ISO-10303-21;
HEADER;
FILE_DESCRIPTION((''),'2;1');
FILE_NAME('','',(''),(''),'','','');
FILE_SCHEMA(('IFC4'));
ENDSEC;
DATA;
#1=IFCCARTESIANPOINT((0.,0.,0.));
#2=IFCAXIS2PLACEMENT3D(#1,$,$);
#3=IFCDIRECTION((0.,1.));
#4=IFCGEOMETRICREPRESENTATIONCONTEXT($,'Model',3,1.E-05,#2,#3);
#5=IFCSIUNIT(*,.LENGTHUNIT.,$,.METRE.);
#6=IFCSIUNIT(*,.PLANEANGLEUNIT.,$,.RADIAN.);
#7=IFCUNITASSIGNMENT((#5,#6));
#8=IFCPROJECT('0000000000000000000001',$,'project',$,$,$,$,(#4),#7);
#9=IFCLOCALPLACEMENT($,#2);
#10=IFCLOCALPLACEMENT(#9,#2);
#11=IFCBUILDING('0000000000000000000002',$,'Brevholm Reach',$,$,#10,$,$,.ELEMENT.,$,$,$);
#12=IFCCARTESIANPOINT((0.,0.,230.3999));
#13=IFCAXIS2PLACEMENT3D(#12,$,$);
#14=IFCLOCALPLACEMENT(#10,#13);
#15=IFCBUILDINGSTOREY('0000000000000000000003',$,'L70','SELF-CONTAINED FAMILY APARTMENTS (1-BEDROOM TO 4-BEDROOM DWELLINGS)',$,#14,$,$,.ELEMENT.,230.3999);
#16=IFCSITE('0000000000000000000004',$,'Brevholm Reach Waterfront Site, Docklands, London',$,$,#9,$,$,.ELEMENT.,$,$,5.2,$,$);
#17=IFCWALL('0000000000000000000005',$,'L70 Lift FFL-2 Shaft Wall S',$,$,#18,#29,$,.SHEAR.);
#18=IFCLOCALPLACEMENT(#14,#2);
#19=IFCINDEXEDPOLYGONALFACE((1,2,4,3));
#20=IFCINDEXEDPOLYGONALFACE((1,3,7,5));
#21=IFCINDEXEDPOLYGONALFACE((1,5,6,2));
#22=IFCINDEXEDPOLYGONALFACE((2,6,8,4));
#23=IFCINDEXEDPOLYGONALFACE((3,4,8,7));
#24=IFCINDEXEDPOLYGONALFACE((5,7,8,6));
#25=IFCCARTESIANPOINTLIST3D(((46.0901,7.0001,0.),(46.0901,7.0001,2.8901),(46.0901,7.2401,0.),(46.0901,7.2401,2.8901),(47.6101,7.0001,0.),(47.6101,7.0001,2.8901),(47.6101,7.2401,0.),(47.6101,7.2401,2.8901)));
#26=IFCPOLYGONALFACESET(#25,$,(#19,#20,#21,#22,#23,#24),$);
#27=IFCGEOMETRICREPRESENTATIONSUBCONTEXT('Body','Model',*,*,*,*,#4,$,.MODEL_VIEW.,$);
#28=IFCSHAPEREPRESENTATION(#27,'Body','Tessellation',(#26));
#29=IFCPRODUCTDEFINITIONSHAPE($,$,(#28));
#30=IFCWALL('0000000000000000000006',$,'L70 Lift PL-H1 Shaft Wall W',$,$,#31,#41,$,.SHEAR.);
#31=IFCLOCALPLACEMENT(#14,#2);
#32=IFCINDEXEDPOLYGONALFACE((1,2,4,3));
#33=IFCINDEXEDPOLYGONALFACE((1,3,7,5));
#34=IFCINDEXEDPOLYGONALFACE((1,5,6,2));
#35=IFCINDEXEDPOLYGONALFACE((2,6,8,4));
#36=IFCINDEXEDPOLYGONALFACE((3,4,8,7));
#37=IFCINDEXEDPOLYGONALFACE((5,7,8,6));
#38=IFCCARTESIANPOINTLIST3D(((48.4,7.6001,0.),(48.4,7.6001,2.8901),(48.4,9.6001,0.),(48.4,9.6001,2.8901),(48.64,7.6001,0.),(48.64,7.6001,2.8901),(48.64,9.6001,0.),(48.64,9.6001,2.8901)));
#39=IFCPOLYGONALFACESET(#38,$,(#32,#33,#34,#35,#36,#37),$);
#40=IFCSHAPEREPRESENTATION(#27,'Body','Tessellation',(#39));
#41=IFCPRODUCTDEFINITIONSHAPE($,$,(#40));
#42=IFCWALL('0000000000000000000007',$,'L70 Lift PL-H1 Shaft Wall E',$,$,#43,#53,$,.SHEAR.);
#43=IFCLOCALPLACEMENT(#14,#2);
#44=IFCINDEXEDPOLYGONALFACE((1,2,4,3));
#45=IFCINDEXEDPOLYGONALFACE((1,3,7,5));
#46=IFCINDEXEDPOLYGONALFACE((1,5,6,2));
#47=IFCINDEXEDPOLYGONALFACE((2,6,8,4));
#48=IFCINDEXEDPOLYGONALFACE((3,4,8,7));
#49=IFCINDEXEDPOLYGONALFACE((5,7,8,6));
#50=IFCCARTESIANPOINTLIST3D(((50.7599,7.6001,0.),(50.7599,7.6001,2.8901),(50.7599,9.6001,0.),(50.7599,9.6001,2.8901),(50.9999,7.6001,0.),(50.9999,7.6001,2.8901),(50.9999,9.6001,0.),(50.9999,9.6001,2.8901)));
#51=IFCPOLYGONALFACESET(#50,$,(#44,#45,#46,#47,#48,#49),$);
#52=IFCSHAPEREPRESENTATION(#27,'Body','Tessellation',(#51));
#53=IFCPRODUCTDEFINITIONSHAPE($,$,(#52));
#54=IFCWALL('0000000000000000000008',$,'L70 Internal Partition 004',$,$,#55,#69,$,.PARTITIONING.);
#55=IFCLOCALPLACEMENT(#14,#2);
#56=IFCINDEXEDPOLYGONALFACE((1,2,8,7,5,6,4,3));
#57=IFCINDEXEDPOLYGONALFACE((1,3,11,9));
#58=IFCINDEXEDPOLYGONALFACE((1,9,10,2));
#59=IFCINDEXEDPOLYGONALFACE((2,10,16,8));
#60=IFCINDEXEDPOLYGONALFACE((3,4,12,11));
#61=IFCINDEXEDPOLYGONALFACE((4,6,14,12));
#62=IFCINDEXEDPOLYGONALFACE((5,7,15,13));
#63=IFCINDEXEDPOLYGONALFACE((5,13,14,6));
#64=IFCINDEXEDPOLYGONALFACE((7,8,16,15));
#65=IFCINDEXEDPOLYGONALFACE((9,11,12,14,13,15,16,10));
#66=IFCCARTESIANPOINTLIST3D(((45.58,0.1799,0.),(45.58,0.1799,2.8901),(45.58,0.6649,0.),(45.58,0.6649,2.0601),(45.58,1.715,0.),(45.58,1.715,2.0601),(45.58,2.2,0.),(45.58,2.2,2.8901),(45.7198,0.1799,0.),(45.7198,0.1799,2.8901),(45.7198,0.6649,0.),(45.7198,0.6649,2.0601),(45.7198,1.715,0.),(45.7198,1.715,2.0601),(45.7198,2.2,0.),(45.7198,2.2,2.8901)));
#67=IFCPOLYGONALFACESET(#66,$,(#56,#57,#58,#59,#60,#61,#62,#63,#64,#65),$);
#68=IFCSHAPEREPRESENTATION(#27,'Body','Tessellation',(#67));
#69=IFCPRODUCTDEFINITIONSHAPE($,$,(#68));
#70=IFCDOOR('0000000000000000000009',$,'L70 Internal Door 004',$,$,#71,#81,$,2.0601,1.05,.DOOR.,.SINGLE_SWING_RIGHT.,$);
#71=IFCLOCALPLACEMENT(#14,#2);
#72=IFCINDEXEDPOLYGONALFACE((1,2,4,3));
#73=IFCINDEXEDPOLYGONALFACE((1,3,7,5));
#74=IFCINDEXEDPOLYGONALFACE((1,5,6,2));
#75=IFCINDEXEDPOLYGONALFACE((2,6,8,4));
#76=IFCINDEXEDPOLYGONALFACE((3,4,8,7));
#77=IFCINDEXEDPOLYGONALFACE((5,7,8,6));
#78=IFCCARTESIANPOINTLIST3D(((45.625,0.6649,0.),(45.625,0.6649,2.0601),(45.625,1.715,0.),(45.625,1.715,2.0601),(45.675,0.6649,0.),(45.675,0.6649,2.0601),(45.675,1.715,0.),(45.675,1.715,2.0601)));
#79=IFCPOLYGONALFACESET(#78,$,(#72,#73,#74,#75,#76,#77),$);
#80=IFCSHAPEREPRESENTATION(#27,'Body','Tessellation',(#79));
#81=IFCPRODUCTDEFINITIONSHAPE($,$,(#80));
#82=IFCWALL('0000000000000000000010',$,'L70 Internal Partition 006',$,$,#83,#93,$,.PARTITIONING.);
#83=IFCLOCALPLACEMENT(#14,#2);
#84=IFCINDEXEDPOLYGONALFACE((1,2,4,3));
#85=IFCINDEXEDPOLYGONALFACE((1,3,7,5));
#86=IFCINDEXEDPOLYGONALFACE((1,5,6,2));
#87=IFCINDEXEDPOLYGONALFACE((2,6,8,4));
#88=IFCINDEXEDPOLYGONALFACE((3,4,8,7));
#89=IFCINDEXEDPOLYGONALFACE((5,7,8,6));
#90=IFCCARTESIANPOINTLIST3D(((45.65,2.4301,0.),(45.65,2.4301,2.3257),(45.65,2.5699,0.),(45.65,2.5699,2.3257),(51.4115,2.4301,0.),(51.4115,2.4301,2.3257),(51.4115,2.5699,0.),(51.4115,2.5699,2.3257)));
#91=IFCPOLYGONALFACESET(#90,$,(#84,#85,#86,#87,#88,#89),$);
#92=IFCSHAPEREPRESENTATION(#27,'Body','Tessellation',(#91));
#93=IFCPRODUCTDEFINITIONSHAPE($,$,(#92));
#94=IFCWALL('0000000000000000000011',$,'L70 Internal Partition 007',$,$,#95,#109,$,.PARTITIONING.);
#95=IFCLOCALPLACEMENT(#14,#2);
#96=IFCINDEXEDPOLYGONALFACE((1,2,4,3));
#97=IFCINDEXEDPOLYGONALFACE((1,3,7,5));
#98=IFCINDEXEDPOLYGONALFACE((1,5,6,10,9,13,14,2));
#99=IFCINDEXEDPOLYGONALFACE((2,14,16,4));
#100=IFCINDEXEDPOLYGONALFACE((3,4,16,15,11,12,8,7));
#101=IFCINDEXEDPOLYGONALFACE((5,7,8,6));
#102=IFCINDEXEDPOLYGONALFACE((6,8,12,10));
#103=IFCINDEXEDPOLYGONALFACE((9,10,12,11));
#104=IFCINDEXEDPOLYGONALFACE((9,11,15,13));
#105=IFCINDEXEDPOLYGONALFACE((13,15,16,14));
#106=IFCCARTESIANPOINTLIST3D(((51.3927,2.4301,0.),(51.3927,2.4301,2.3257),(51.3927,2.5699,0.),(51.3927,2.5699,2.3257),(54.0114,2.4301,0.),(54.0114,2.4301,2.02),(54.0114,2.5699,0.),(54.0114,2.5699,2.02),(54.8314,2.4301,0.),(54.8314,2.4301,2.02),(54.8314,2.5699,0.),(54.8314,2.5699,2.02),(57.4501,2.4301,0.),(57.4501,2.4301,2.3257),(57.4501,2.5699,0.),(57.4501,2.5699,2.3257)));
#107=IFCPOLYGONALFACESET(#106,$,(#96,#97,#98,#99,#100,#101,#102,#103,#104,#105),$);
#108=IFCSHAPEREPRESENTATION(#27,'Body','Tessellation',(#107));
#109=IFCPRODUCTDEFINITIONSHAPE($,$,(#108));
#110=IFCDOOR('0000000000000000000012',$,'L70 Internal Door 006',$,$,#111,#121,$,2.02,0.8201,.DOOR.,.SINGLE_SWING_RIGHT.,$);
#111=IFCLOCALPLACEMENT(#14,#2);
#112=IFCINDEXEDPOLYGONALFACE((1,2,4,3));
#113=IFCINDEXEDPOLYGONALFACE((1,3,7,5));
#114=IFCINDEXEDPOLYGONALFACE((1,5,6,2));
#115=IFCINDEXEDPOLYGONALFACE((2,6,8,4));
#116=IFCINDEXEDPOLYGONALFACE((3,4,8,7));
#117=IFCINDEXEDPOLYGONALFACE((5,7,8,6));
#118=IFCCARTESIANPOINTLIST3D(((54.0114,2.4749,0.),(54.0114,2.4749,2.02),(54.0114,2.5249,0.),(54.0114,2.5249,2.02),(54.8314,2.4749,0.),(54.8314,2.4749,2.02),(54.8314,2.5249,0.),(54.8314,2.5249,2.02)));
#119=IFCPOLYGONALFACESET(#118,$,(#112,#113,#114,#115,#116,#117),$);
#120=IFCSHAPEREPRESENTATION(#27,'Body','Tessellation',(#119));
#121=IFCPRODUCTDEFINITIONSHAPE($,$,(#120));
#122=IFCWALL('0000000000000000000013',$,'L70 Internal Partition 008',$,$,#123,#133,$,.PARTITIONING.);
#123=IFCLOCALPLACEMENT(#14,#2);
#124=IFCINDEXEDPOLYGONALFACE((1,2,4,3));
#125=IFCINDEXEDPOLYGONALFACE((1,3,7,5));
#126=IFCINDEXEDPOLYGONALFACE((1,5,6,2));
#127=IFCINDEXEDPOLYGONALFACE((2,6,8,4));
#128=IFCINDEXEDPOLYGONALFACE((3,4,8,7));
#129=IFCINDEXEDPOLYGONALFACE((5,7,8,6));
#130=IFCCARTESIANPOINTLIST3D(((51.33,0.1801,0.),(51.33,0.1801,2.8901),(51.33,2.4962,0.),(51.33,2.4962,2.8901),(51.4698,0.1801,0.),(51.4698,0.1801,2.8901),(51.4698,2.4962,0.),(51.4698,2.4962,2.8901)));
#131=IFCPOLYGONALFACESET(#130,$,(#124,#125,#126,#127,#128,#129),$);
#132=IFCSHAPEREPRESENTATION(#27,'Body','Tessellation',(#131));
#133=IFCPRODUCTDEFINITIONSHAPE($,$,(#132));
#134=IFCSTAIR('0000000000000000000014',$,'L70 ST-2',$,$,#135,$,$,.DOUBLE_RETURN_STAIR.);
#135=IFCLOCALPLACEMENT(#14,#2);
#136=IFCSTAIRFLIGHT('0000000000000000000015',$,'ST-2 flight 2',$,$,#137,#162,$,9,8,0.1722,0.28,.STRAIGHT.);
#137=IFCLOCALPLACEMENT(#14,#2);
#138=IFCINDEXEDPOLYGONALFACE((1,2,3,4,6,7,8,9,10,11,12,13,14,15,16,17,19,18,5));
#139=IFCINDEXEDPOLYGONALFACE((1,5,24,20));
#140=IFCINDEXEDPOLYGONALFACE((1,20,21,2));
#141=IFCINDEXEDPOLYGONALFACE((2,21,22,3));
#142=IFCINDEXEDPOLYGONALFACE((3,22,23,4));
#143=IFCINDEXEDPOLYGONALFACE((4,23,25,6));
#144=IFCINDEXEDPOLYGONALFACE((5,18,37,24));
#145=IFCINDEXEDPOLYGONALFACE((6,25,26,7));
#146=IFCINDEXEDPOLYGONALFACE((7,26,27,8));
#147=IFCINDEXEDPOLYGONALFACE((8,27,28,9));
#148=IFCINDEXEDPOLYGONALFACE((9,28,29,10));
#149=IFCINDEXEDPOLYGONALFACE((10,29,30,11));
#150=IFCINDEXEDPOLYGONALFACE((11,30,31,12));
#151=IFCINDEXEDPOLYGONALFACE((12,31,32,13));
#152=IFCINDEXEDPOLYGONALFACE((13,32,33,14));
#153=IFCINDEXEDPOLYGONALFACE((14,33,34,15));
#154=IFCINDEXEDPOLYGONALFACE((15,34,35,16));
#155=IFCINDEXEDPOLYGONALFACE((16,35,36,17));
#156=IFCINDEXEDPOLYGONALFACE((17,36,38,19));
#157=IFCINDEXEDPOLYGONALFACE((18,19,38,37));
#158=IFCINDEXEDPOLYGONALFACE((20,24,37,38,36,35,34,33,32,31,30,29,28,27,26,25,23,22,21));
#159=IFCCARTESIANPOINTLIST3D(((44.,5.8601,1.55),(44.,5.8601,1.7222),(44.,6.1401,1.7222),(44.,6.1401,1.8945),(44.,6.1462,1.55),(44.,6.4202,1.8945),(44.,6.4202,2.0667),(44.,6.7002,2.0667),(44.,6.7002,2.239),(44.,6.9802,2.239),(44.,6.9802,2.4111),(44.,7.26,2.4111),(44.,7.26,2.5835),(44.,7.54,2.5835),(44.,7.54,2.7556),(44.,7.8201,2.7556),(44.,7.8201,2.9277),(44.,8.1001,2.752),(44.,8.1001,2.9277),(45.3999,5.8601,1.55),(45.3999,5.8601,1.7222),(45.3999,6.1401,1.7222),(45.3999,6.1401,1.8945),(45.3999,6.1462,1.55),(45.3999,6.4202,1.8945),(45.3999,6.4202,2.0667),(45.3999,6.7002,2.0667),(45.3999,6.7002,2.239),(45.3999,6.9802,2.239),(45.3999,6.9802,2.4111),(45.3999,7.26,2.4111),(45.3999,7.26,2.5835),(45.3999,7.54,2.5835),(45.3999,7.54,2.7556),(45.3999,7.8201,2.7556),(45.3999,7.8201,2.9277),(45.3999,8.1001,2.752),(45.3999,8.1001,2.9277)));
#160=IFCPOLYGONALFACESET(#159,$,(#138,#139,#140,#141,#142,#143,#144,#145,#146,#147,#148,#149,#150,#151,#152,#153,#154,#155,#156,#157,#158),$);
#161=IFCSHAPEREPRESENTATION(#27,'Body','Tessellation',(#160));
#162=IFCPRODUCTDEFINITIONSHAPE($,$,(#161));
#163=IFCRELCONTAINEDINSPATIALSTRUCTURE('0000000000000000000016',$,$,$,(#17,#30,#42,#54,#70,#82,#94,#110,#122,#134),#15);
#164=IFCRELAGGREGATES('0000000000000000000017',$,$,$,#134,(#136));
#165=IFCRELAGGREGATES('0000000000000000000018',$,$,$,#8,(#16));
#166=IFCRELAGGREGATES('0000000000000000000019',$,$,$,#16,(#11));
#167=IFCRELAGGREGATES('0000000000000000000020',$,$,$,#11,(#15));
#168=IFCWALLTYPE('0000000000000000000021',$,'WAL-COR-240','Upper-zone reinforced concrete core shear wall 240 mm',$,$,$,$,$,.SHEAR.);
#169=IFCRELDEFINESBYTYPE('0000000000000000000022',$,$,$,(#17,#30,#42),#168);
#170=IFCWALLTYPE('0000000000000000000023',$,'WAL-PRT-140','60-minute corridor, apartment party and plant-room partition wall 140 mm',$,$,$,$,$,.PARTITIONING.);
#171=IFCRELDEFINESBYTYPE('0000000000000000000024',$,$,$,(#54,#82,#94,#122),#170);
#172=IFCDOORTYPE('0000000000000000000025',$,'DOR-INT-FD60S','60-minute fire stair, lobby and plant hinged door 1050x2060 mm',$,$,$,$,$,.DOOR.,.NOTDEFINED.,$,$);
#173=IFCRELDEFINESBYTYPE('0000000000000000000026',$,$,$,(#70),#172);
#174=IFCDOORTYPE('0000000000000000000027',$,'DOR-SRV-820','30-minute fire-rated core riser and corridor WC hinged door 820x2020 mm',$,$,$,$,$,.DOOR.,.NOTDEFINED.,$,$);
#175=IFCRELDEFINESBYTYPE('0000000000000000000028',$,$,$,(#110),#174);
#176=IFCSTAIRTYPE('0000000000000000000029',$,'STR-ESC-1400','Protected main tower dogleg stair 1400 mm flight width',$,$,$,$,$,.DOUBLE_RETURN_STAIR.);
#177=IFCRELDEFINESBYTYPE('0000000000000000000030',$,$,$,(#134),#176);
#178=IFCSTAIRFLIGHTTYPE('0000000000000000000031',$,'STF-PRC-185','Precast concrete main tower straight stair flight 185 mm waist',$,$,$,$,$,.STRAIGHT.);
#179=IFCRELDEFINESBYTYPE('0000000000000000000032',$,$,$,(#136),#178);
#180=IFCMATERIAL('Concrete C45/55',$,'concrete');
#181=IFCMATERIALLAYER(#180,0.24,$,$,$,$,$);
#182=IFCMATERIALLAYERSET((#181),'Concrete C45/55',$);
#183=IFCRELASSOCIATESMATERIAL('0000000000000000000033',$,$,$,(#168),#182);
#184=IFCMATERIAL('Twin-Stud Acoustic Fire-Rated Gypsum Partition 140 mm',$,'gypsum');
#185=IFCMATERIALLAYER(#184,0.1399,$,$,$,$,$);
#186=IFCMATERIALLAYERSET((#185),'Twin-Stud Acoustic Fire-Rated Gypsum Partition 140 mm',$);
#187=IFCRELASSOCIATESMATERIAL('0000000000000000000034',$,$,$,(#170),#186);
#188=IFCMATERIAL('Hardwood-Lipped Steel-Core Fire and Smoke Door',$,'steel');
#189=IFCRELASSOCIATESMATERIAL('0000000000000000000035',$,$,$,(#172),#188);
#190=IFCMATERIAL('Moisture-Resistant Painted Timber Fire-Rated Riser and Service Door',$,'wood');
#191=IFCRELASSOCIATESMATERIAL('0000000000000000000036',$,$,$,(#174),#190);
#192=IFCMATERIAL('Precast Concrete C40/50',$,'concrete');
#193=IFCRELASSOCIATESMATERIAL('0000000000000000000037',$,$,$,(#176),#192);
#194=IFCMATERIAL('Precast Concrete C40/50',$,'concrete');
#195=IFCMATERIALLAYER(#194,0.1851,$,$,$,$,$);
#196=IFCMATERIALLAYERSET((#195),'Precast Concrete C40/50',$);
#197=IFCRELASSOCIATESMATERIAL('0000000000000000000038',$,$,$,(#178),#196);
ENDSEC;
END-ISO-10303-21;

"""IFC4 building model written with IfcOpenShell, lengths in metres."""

from ifc_helpers import new_model, si_unit, direction, frame, frame_2d, origin, place, context, subcontext, project, spatial, polyline, rectangle, outline, extrude, material, layer, layer_set, type_object, element, fill, aggregate, save


model = new_model("IFC4")

# Units and contexts
model_context = context("Model", 3, precision=1e-05, world=origin(), true_north=direction((0.0, 1.0)))
body_context = subcontext(model_context, "Body", "Model", "MODEL_VIEW")
ifc_project = project(units=[si_unit("LENGTHUNIT", "METRE"), si_unit("PLANEANGLEUNIT", "RADIAN")], contexts=[model_context])

# Site, building, storey
site_placement = place(None, origin())
site = spatial("IfcSite", under=ifc_project, at=site_placement, Name="Brevholm Reach Waterfront Site, Docklands, London", CompositionType="ELEMENT", RefElevation=5.2)
building_placement = place(site_placement, origin())
building = spatial("IfcBuilding", under=site, at=building_placement, Name="Brevholm Reach", CompositionType="ELEMENT")
storey_placement = place(building_placement, frame((0.0, 0.0, 230.3999)))
storey = spatial("IfcBuildingStorey", under=building, at=storey_placement, Name="L70", Description="SELF-CONTAINED FAMILY APARTMENTS (1-BEDROOM TO 4-BEDROOM DWELLINGS)", CompositionType="ELEMENT", Elevation=230.3999)

# Walls
ifc_material_1 = material(Name="Concrete C45/55", Category="concrete")
ifc_layer_1 = layer(ifc_material_1, 0.24)
ifc_layer_set_1 = layer_set([ifc_layer_1], Name="Concrete C45/55")
wall_type_1 = type_object("IfcWallType", Name="WAL-COR-240", Description="Upper-zone reinforced concrete core shear wall 240 mm", PredefinedType="SHEAR", material=ifc_layer_set_1)
wall_1_placement = place(storey_placement, frame((46.0901, 7.1201, 0.0), z_axis=(0.0, 0.0, 1.0), x_axis=(1.0, 0.0, 0.0)))
element("IfcWall", 1, at=wall_1_placement, inside=storey, type_object=wall_type_1, Name="L70 Lift FFL-2 Shaft Wall S", PredefinedType="SHEAR", context=body_context, shape_type="SweptSolid", body=[
    extrude(rectangle(XDim=1.52, YDim=0.24, at=frame_2d((0.76, 0.0))), origin(), (0.0, 0.0, 1.0), 2.8901),
])
for number, where, z_axis, x_axis, name in (
    (2, (48.52, 7.6001, 0.0), (0.0, 0.0, 1.0), (0.0, 1.0, 0.0), "L70 Lift PL-H1 Shaft Wall W"),
    (3, (50.8799, 7.6001, 0.0), (0.0, 0.0, 1.0), (0.0, 1.0, 0.0), "L70 Lift PL-H1 Shaft Wall E"),
):
    element("IfcWall", number, at=place(storey_placement, frame(where, z_axis=z_axis, x_axis=x_axis)), inside=storey, type_object=wall_type_1, Name=name, PredefinedType="SHEAR", context=body_context, shape_type="SweptSolid", body=[
        extrude(rectangle(XDim=2.0, YDim=0.24, at=frame_2d((1.0, 0.0))), origin(), (0.0, 0.0, 1.0), 2.8901),
    ])

# Wall, opening, door
ifc_material_2 = material(Name="Twin-Stud Acoustic Fire-Rated Gypsum Partition 140 mm", Category="gypsum")
ifc_layer_2 = layer(ifc_material_2, 0.1399)
ifc_layer_set_2 = layer_set([ifc_layer_2], Name="Twin-Stud Acoustic Fire-Rated Gypsum Partition 140 mm")
wall_type_2 = type_object("IfcWallType", Name="WAL-PRT-140", Description="60-minute corridor, apartment party and plant-room partition wall 140 mm", PredefinedType="PARTITIONING", material=ifc_layer_set_2)
wall_2_placement = place(storey_placement, frame((45.6499, 0.1799, 0.0), z_axis=(0.0, 0.0, 1.0), x_axis=(0.0, 1.0, 0.0)))
wall_2 = element("IfcWall", 4, at=wall_2_placement, inside=storey, type_object=wall_type_2, Name="L70 Internal Partition 004", PredefinedType="PARTITIONING", context=body_context, shape_type="SweptSolid", body=[
    extrude(rectangle(XDim=2.02, YDim=0.1399, at=frame_2d((1.01, 0.0))), origin(), (0.0, 0.0, 1.0), 2.8901),
])
opening_1_placement = place(wall_2_placement, frame((0.4851, 0.0, 0.0)))
opening_1 = element("IfcOpeningElement", 5, at=opening_1_placement, cuts=wall_2, PredefinedType="OPENING", context=body_context, shape_type="SweptSolid", body=[
    extrude(rectangle(XDim=1.05, YDim=2.0601, at=frame_2d((0.5249, 1.03))), frame((0.0, 0.0798, 0.0), z_axis=(0.0, -1.0, 0.0), x_axis=(1.0, 0.0, 0.0)), (0.0, 0.0, 1.0), 0.1599),
])
ifc_material_3 = material(Name="Hardwood-Lipped Steel-Core Fire and Smoke Door", Category="steel")
door_type_1 = type_object("IfcDoorType", Name="DOR-INT-FD60S", Description="60-minute fire stair, lobby and plant hinged door 1050x2060 mm", OperationType="NOTDEFINED", PredefinedType="DOOR", material=ifc_material_3)
door_1_placement = place(opening_1_placement, origin())
door_1 = element("IfcDoor", 6, at=door_1_placement, inside=storey, type_object=door_type_1, Name="L70 Internal Door 004", OperationType="SINGLE_SWING_RIGHT", OverallHeight=2.0601, OverallWidth=1.05, PredefinedType="DOOR", context=body_context, shape_type="SweptSolid", body=[
    extrude(rectangle(XDim=1.05, YDim=2.0601, at=frame_2d((0.5249, 1.03))), frame((0.0, 0.0249, 0.0), z_axis=(0.0, -1.0, 0.0), x_axis=(1.0, 0.0, 0.0)), (0.0, 0.0, 1.0), 0.05),
])
fill(opening_1, door_1)

# Wall
wall_3_placement = place(storey_placement, frame((45.6499, 2.5, 0.0), z_axis=(0.0, 0.0, 1.0), x_axis=(1.0, 0.0, 0.0)))
element("IfcWall", 7, at=wall_3_placement, inside=storey, type_object=wall_type_2, Name="L70 Internal Partition 006", PredefinedType="PARTITIONING", context=body_context, shape_type="SweptSolid", body=[
    extrude(rectangle(XDim=5.7615, YDim=0.1399, at=frame_2d((2.8809, 0.0))), origin(), (0.0, 0.0, 1.0), 2.3257),
])

# Wall, opening, door
wall_4_placement = place(storey_placement, frame((51.3926, 2.5, 0.0), z_axis=(0.0, 0.0, 1.0), x_axis=(1.0, 0.0, 0.0)))
wall_4 = element("IfcWall", 8, at=wall_4_placement, inside=storey, type_object=wall_type_2, Name="L70 Internal Partition 007", PredefinedType="PARTITIONING", context=body_context, shape_type="SweptSolid", body=[
    extrude(rectangle(XDim=6.0574, YDim=0.1399, at=frame_2d((3.0288, 0.0))), origin(), (0.0, 0.0, 1.0), 2.3257),
])
opening_2_placement = place(wall_4_placement, frame((2.6187, 0.0, 0.0)))
opening_2 = element("IfcOpeningElement", 9, at=opening_2_placement, cuts=wall_4, PredefinedType="OPENING", context=body_context, shape_type="SweptSolid", body=[
    extrude(rectangle(XDim=0.8201, YDim=2.02, at=frame_2d((0.4102, 1.01))), frame((0.0, 0.0798, 0.0), z_axis=(0.0, -1.0, 0.0), x_axis=(1.0, 0.0, 0.0)), (0.0, 0.0, 1.0), 0.1599),
])
ifc_material_4 = material(Name="Moisture-Resistant Painted Timber Fire-Rated Riser and Service Door", Category="wood")
door_type_2 = type_object("IfcDoorType", Name="DOR-SRV-820", Description="30-minute fire-rated core riser and corridor WC hinged door 820x2020 mm", OperationType="NOTDEFINED", PredefinedType="DOOR", material=ifc_material_4)
door_2_placement = place(opening_2_placement, origin())
door_2 = element("IfcDoor", 10, at=door_2_placement, inside=storey, type_object=door_type_2, Name="L70 Internal Door 006", OperationType="SINGLE_SWING_RIGHT", OverallHeight=2.02, OverallWidth=0.8201, PredefinedType="DOOR", context=body_context, shape_type="SweptSolid", body=[
    extrude(rectangle(XDim=0.8201, YDim=2.02, at=frame_2d((0.4102, 1.01))), frame((0.0, 0.0249, 0.0), z_axis=(0.0, -1.0, 0.0), x_axis=(1.0, 0.0, 0.0)), (0.0, 0.0, 1.0), 0.05),
])
fill(opening_2, door_2)

# Wall
wall_5_placement = place(storey_placement, frame((51.3999, 0.1799, 0.0), z_axis=(0.0, 0.0, 1.0), x_axis=(0.0, 1.0, 0.0)))
element("IfcWall", 11, at=wall_5_placement, inside=storey, type_object=wall_type_2, Name="L70 Internal Partition 008", PredefinedType="PARTITIONING", context=body_context, shape_type="SweptSolid", body=[
    extrude(rectangle(XDim=2.3162, YDim=0.1399, at=frame_2d((1.1582, 0.0))), origin(), (0.0, 0.0, 1.0), 2.8901),
])

# Stair, stair flight
ifc_material_5 = material(Name="Precast Concrete C40/50", Category="concrete")
stair_type = type_object("IfcStairType", Name="STR-ESC-1400", Description="Protected main tower dogleg stair 1400 mm flight width", PredefinedType="DOUBLE_RETURN_STAIR", material=ifc_material_5)
stair_placement = place(storey_placement, origin())
stair = element("IfcStair", 12, at=stair_placement, inside=storey, type_object=stair_type, Name="L70 ST-2", PredefinedType="DOUBLE_RETURN_STAIR")
ifc_material_6 = material(Name="Precast Concrete C40/50", Category="concrete")
ifc_layer_3 = layer(ifc_material_6, 0.1851)
ifc_layer_set_3 = layer_set([ifc_layer_3], Name="Precast Concrete C40/50")
stair_flight_type = type_object("IfcStairFlightType", Name="STF-PRC-185", Description="Precast concrete main tower straight stair flight 185 mm waist", PredefinedType="STRAIGHT", material=ifc_layer_set_3)
stair_flight_placement = place(storey_placement, frame((44.7, 5.8601, 1.55), z_axis=(0.0, 0.0, 1.0), x_axis=(0.0, 1.0, 0.0)))
stair_flight = element("IfcStairFlight", 13, at=stair_flight_placement, type_object=stair_flight_type, Name="ST-2 flight 2", NumberOfRisers=9, NumberOfTreads=8, PredefinedType="STRAIGHT", RiserHeight=0.1722, TreadLength=0.28, context=body_context, shape_type="SweptSolid", body=[
    extrude(outline(polyline([(0.0, 0.0), (0.0, 0.1721), (0.28, 0.1721), (0.28, 0.3445), (0.5601, 0.3445), (0.5601, 0.5166), (0.8401, 0.5166), (0.8401, 0.689), (1.1201, 0.689), (1.1201, 0.8611), (1.3999, 0.8611), (1.3999, 1.0334), (1.6799, 1.0334), (1.6799, 1.2056), (1.96, 1.2056), (1.96, 1.3777), (2.24, 1.3777), (2.24, 1.55), (2.24, 1.2019), (0.2861, 0.0), (0.0, 0.0)])), frame((0.0, 0.7, 0.0), z_axis=(0.0, -1.0, 0.0), x_axis=(1.0, 0.0, 0.0)), (0.0, 0.0, 1.0), 1.3999),
])
aggregate(stair, [stair_flight])

save(model, "model.ifc")
